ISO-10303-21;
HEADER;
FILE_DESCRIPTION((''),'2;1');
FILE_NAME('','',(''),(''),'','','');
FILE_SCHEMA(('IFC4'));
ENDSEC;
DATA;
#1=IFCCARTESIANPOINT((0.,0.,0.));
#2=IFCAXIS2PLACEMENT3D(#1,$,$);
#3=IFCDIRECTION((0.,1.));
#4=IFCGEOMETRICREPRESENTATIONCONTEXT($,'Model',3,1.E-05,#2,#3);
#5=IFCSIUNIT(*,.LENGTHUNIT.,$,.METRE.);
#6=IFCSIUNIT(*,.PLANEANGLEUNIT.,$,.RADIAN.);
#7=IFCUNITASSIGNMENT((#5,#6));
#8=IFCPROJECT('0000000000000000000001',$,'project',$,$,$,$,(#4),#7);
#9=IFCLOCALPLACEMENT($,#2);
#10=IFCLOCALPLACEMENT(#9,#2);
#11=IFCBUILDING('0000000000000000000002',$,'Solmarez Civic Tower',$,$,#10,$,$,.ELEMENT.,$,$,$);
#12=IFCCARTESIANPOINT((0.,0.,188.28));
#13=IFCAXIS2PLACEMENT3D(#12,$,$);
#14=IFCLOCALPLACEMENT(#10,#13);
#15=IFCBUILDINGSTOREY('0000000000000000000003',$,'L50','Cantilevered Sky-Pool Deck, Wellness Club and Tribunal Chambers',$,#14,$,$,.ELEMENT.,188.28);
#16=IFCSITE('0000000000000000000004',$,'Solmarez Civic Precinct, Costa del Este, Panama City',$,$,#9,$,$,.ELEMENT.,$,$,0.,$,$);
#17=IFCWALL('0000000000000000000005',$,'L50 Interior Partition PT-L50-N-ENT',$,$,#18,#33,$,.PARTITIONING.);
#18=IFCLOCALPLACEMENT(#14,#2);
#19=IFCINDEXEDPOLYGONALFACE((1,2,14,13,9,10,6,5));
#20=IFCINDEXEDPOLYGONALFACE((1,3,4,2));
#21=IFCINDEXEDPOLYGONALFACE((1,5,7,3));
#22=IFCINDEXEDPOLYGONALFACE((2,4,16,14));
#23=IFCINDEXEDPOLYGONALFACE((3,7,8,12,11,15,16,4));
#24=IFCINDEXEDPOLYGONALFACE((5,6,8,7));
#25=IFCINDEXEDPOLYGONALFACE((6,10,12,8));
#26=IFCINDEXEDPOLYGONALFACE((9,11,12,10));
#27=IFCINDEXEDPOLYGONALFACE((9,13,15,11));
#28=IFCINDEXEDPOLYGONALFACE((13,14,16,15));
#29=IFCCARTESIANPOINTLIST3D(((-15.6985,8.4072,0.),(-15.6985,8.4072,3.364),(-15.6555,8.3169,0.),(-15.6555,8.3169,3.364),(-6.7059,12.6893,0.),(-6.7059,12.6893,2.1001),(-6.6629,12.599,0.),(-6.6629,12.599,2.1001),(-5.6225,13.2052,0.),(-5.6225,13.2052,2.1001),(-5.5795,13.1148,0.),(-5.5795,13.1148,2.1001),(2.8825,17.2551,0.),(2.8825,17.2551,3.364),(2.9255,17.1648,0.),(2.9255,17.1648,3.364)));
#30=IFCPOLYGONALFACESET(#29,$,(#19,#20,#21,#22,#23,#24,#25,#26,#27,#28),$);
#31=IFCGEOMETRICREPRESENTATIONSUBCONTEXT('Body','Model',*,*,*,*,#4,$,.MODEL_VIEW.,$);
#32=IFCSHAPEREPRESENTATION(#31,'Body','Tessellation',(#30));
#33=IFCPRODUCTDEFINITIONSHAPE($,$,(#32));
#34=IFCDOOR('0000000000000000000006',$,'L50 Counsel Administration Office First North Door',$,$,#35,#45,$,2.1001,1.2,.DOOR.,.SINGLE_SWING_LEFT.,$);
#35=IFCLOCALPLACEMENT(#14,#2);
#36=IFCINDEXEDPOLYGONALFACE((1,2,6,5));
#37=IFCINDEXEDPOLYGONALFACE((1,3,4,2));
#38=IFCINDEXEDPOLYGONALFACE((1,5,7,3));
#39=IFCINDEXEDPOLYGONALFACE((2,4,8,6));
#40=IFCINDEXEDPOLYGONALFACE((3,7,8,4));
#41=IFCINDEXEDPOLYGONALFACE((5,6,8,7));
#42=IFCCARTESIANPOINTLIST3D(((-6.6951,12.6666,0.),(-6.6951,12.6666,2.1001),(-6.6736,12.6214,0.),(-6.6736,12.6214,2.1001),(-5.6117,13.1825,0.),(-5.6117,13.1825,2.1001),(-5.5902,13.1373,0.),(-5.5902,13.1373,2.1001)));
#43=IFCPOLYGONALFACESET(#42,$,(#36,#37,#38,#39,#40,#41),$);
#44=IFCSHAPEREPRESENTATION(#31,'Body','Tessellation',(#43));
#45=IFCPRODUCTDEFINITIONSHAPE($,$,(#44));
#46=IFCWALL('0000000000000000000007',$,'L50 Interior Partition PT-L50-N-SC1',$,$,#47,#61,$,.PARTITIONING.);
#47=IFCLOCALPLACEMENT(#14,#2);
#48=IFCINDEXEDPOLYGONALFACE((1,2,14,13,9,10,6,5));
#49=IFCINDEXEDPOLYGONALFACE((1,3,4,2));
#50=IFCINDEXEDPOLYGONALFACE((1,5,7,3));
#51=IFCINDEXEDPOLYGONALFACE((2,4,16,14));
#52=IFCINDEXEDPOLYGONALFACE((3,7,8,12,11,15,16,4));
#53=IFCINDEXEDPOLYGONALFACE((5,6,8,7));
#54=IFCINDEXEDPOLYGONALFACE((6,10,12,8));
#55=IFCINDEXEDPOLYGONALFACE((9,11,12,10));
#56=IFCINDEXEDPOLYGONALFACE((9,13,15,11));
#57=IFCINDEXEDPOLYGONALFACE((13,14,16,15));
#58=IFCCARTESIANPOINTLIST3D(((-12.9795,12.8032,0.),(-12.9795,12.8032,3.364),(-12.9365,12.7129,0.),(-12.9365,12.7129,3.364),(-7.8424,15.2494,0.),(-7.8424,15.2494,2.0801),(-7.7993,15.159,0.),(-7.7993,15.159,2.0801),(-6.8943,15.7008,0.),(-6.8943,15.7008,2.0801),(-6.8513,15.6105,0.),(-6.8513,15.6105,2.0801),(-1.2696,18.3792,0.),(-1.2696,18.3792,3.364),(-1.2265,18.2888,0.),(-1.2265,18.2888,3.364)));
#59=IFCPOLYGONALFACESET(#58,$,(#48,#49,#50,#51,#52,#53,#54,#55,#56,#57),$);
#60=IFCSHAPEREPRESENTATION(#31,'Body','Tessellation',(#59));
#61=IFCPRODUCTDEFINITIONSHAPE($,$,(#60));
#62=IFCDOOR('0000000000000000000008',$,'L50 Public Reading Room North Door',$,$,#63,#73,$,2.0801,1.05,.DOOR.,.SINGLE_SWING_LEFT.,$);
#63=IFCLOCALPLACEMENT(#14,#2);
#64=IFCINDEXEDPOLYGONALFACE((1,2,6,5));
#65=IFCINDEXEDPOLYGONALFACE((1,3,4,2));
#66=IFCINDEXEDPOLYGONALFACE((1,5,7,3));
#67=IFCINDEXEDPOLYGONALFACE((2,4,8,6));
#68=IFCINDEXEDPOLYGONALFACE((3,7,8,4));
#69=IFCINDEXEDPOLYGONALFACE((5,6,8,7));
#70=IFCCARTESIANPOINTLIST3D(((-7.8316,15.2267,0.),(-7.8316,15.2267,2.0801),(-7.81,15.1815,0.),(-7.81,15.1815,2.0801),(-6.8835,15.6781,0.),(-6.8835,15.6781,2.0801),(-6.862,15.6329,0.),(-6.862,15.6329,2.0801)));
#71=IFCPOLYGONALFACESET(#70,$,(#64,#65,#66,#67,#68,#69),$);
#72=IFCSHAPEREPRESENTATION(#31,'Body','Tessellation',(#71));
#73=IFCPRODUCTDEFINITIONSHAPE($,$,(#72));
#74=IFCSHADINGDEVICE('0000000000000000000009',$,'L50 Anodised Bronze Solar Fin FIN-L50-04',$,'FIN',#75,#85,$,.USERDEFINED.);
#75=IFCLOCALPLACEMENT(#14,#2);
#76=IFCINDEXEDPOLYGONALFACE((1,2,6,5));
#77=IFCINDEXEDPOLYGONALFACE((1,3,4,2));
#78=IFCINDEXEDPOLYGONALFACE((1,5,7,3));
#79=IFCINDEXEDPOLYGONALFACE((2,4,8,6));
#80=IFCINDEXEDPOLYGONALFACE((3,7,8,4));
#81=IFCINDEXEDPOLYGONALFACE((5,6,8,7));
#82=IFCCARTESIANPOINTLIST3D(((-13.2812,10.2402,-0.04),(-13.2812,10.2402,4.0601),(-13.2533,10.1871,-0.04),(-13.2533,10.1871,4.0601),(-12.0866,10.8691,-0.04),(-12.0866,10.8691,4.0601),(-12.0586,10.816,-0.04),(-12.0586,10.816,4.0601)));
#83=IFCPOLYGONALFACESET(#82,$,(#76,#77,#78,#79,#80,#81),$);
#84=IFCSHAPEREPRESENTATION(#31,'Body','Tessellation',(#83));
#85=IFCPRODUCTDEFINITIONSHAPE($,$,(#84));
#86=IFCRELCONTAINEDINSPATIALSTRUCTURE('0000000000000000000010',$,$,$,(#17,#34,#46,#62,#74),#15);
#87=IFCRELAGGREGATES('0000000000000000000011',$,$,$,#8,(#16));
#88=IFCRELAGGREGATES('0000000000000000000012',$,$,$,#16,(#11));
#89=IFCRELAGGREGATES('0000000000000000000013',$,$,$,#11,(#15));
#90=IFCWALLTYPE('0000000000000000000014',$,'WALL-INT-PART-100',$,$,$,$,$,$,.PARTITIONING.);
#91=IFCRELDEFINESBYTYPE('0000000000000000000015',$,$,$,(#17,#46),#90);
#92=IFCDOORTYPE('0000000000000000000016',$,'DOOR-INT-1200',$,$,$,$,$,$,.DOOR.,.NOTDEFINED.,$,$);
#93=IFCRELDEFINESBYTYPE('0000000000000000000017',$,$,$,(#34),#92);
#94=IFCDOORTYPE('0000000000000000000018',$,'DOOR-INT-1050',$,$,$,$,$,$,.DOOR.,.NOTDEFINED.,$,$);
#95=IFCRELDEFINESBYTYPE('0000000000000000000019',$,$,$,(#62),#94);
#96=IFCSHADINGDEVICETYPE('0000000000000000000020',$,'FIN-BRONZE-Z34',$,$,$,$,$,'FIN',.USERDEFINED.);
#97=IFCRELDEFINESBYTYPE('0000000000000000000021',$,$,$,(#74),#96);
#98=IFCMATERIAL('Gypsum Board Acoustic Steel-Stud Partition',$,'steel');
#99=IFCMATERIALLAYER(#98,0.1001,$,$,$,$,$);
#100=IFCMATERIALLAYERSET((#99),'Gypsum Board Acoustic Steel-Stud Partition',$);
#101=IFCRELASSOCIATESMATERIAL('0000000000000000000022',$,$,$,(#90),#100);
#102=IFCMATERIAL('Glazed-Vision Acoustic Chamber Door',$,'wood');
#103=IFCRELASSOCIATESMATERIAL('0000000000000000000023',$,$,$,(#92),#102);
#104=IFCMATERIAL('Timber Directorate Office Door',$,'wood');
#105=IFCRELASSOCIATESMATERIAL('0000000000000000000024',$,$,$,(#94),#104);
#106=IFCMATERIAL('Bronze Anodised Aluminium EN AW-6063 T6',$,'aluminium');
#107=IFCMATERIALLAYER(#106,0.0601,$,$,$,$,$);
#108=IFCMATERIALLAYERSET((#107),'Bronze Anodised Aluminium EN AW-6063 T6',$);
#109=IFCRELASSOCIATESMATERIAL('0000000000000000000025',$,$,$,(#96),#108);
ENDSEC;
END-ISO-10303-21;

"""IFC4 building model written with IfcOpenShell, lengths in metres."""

from ifc_helpers import new_model, si_unit, direction, frame, frame_2d, origin, origin_2d, place, context, subcontext, project, spatial, rectangle, extrude, material, layer, layer_set, type_object, element, fill, save


model = new_model("IFC4")

# Units and contexts
model_context = context("Model", 3, precision=1e-05, world=origin(), true_north=direction((0.0, 1.0)))
body_context = subcontext(model_context, "Body", "Model", "MODEL_VIEW")
ifc_project = project(units=[si_unit("LENGTHUNIT", "METRE"), si_unit("PLANEANGLEUNIT", "RADIAN")], contexts=[model_context])

# Site, building, storey
site_placement = place(None, origin())
site = spatial("IfcSite", under=ifc_project, at=site_placement, Name="Solmarez Civic Precinct, Costa del Este, Panama City", CompositionType="ELEMENT", RefElevation=0.0)
building_placement = place(site_placement, origin())
building = spatial("IfcBuilding", under=site, at=building_placement, Name="Solmarez Civic Tower", CompositionType="ELEMENT")
storey_placement = place(building_placement, frame((0.0, 0.0, 188.28)))
storey = spatial("IfcBuildingStorey", under=building, at=storey_placement, Name="L50", Description="Cantilevered Sky-Pool Deck, Wellness Club and Tribunal Chambers", CompositionType="ELEMENT", Elevation=188.28)

# Walls, openings, doors
ifc_material_1 = material(Name="Gypsum Board Acoustic Steel-Stud Partition", Category="steel")
ifc_layer_1 = layer(ifc_material_1, 0.1001)
ifc_layer_set_1 = layer_set([ifc_layer_1], Name="Gypsum Board Acoustic Steel-Stud Partition")
wall_type_1 = type_object("IfcWallType", Name="WALL-INT-PART-100", PredefinedType="PARTITIONING", material=ifc_layer_set_1)
wall_1_placement = place(storey_placement, frame((-15.677, 8.3621, 0.0), z_axis=(0.0, 0.0, 1.0), x_axis=(0.902865, 0.429925, 0.0)))
wall_1 = element("IfcWall", 1, at=wall_1_placement, inside=storey, type_object=wall_type_1, Name="L50 Interior Partition PT-L50-N-ENT", PredefinedType="PARTITIONING", context=body_context, shape_type="SweptSolid", body=[
    extrude(rectangle(XDim=20.5801, YDim=0.1001, at=frame_2d((10.29, 0.0))), origin(), (0.0, 0.0, 1.0), 3.364),
])
opening_1_placement = place(wall_1_placement, frame((9.96, 0.0, 0.0)))
opening_1 = element("IfcOpeningElement", 2, at=opening_1_placement, cuts=wall_1, PredefinedType="OPENING", context=body_context, shape_type="SweptSolid", body=[
    extrude(rectangle(XDim=1.2, YDim=2.1001, at=frame_2d((0.6001, 1.05))), frame((0.0, 0.0601, 0.0), z_axis=(0.0, -1.0, 0.0), x_axis=(1.0, 0.0, 0.0)), (0.0, 0.0, 1.0), 0.1201),
])
ifc_material_2 = material(Name="Glazed-Vision Acoustic Chamber Door", Category="wood")
door_type_1 = type_object("IfcDoorType", Name="DOOR-INT-1200", OperationType="NOTDEFINED", PredefinedType="DOOR", material=ifc_material_2)
door_1_placement = place(opening_1_placement, origin())
door_1 = element("IfcDoor", 3, at=door_1_placement, inside=storey, type_object=door_type_1, Name="L50 Counsel Administration Office First North Door", OperationType="SINGLE_SWING_LEFT", OverallHeight=2.1001, OverallWidth=1.2, PredefinedType="DOOR", context=body_context, shape_type="SweptSolid", body=[
    extrude(rectangle(XDim=1.2, YDim=2.1001, at=frame_2d((0.6001, 1.05))), frame((0.0, 0.0249, 0.0), z_axis=(0.0, -1.0, 0.0), x_axis=(1.0, 0.0, 0.0)), (0.0, 0.0, 1.0), 0.05),
])
fill(opening_1, door_1)
wall_2_placement = place(storey_placement, frame((-12.958, 12.7581, 0.0), z_axis=(0.0, 0.0, 1.0), x_axis=(0.902868, 0.429918, 0.0)))
wall_2 = element("IfcWall", 4, at=wall_2_placement, inside=storey, type_object=wall_type_1, Name="L50 Interior Partition PT-L50-N-SC1", PredefinedType="PARTITIONING", context=body_context, shape_type="SweptSolid", body=[
    extrude(rectangle(XDim=12.9697, YDim=0.1001, at=frame_2d((6.4849, 0.0))), origin(), (0.0, 0.0, 1.0), 3.364),
])
opening_2_placement = place(wall_2_placement, frame((5.6899, 0.0, 0.0)))
opening_2 = element("IfcOpeningElement", 5, at=opening_2_placement, cuts=wall_2, PredefinedType="OPENING", context=body_context, shape_type="SweptSolid", body=[
    extrude(rectangle(XDim=1.05, YDim=2.0801, at=frame_2d((0.5249, 1.04))), frame((0.0, 0.0601, 0.0), z_axis=(0.0, -1.0, 0.0), x_axis=(1.0, 0.0, 0.0)), (0.0, 0.0, 1.0), 0.1201),
])
ifc_material_3 = material(Name="Timber Directorate Office Door", Category="wood")
door_type_2 = type_object("IfcDoorType", Name="DOOR-INT-1050", OperationType="NOTDEFINED", PredefinedType="DOOR", material=ifc_material_3)
door_2_placement = place(opening_2_placement, origin())
door_2 = element("IfcDoor", 6, at=door_2_placement, inside=storey, type_object=door_type_2, Name="L50 Public Reading Room North Door", OperationType="SINGLE_SWING_LEFT", OverallHeight=2.0801, OverallWidth=1.05, PredefinedType="DOOR", context=body_context, shape_type="SweptSolid", body=[
    extrude(rectangle(XDim=1.05, YDim=2.0801, at=frame_2d((0.5249, 1.04))), frame((0.0, 0.0249, 0.0), z_axis=(0.0, -1.0, 0.0), x_axis=(1.0, 0.0, 0.0)), (0.0, 0.0, 1.0), 0.05),
])
fill(opening_2, door_2)

# Shading device
ifc_material_4 = material(Name="Bronze Anodised Aluminium EN AW-6063 T6", Category="aluminium")
ifc_layer_2 = layer(ifc_material_4, 0.0601)
ifc_layer_set_2 = layer_set([ifc_layer_2], Name="Bronze Anodised Aluminium EN AW-6063 T6")
shading_device_type = type_object("IfcShadingDeviceType", Name="FIN-BRONZE-Z34", ElementType="FIN", PredefinedType="USERDEFINED", material=ifc_layer_set_2)
shading_device_placement = place(storey_placement, frame((-12.6699, 10.5281, -0.04), z_axis=(0.0, 0.0, 1.0), x_axis=(-0.884882, -0.465815, 0.0)))
element("IfcShadingDevice", 7, at=shading_device_placement, inside=storey, type_object=shading_device_type, Name="L50 Anodised Bronze Solar Fin FIN-L50-04", ObjectType="FIN", PredefinedType="USERDEFINED", context=body_context, shape_type="SweptSolid", body=[
    extrude(rectangle(XDim=1.3501, YDim=0.0601, at=origin_2d()), origin(), (0.0, 0.0, 1.0), 4.1001),
])

save(model, "model.ifc")
